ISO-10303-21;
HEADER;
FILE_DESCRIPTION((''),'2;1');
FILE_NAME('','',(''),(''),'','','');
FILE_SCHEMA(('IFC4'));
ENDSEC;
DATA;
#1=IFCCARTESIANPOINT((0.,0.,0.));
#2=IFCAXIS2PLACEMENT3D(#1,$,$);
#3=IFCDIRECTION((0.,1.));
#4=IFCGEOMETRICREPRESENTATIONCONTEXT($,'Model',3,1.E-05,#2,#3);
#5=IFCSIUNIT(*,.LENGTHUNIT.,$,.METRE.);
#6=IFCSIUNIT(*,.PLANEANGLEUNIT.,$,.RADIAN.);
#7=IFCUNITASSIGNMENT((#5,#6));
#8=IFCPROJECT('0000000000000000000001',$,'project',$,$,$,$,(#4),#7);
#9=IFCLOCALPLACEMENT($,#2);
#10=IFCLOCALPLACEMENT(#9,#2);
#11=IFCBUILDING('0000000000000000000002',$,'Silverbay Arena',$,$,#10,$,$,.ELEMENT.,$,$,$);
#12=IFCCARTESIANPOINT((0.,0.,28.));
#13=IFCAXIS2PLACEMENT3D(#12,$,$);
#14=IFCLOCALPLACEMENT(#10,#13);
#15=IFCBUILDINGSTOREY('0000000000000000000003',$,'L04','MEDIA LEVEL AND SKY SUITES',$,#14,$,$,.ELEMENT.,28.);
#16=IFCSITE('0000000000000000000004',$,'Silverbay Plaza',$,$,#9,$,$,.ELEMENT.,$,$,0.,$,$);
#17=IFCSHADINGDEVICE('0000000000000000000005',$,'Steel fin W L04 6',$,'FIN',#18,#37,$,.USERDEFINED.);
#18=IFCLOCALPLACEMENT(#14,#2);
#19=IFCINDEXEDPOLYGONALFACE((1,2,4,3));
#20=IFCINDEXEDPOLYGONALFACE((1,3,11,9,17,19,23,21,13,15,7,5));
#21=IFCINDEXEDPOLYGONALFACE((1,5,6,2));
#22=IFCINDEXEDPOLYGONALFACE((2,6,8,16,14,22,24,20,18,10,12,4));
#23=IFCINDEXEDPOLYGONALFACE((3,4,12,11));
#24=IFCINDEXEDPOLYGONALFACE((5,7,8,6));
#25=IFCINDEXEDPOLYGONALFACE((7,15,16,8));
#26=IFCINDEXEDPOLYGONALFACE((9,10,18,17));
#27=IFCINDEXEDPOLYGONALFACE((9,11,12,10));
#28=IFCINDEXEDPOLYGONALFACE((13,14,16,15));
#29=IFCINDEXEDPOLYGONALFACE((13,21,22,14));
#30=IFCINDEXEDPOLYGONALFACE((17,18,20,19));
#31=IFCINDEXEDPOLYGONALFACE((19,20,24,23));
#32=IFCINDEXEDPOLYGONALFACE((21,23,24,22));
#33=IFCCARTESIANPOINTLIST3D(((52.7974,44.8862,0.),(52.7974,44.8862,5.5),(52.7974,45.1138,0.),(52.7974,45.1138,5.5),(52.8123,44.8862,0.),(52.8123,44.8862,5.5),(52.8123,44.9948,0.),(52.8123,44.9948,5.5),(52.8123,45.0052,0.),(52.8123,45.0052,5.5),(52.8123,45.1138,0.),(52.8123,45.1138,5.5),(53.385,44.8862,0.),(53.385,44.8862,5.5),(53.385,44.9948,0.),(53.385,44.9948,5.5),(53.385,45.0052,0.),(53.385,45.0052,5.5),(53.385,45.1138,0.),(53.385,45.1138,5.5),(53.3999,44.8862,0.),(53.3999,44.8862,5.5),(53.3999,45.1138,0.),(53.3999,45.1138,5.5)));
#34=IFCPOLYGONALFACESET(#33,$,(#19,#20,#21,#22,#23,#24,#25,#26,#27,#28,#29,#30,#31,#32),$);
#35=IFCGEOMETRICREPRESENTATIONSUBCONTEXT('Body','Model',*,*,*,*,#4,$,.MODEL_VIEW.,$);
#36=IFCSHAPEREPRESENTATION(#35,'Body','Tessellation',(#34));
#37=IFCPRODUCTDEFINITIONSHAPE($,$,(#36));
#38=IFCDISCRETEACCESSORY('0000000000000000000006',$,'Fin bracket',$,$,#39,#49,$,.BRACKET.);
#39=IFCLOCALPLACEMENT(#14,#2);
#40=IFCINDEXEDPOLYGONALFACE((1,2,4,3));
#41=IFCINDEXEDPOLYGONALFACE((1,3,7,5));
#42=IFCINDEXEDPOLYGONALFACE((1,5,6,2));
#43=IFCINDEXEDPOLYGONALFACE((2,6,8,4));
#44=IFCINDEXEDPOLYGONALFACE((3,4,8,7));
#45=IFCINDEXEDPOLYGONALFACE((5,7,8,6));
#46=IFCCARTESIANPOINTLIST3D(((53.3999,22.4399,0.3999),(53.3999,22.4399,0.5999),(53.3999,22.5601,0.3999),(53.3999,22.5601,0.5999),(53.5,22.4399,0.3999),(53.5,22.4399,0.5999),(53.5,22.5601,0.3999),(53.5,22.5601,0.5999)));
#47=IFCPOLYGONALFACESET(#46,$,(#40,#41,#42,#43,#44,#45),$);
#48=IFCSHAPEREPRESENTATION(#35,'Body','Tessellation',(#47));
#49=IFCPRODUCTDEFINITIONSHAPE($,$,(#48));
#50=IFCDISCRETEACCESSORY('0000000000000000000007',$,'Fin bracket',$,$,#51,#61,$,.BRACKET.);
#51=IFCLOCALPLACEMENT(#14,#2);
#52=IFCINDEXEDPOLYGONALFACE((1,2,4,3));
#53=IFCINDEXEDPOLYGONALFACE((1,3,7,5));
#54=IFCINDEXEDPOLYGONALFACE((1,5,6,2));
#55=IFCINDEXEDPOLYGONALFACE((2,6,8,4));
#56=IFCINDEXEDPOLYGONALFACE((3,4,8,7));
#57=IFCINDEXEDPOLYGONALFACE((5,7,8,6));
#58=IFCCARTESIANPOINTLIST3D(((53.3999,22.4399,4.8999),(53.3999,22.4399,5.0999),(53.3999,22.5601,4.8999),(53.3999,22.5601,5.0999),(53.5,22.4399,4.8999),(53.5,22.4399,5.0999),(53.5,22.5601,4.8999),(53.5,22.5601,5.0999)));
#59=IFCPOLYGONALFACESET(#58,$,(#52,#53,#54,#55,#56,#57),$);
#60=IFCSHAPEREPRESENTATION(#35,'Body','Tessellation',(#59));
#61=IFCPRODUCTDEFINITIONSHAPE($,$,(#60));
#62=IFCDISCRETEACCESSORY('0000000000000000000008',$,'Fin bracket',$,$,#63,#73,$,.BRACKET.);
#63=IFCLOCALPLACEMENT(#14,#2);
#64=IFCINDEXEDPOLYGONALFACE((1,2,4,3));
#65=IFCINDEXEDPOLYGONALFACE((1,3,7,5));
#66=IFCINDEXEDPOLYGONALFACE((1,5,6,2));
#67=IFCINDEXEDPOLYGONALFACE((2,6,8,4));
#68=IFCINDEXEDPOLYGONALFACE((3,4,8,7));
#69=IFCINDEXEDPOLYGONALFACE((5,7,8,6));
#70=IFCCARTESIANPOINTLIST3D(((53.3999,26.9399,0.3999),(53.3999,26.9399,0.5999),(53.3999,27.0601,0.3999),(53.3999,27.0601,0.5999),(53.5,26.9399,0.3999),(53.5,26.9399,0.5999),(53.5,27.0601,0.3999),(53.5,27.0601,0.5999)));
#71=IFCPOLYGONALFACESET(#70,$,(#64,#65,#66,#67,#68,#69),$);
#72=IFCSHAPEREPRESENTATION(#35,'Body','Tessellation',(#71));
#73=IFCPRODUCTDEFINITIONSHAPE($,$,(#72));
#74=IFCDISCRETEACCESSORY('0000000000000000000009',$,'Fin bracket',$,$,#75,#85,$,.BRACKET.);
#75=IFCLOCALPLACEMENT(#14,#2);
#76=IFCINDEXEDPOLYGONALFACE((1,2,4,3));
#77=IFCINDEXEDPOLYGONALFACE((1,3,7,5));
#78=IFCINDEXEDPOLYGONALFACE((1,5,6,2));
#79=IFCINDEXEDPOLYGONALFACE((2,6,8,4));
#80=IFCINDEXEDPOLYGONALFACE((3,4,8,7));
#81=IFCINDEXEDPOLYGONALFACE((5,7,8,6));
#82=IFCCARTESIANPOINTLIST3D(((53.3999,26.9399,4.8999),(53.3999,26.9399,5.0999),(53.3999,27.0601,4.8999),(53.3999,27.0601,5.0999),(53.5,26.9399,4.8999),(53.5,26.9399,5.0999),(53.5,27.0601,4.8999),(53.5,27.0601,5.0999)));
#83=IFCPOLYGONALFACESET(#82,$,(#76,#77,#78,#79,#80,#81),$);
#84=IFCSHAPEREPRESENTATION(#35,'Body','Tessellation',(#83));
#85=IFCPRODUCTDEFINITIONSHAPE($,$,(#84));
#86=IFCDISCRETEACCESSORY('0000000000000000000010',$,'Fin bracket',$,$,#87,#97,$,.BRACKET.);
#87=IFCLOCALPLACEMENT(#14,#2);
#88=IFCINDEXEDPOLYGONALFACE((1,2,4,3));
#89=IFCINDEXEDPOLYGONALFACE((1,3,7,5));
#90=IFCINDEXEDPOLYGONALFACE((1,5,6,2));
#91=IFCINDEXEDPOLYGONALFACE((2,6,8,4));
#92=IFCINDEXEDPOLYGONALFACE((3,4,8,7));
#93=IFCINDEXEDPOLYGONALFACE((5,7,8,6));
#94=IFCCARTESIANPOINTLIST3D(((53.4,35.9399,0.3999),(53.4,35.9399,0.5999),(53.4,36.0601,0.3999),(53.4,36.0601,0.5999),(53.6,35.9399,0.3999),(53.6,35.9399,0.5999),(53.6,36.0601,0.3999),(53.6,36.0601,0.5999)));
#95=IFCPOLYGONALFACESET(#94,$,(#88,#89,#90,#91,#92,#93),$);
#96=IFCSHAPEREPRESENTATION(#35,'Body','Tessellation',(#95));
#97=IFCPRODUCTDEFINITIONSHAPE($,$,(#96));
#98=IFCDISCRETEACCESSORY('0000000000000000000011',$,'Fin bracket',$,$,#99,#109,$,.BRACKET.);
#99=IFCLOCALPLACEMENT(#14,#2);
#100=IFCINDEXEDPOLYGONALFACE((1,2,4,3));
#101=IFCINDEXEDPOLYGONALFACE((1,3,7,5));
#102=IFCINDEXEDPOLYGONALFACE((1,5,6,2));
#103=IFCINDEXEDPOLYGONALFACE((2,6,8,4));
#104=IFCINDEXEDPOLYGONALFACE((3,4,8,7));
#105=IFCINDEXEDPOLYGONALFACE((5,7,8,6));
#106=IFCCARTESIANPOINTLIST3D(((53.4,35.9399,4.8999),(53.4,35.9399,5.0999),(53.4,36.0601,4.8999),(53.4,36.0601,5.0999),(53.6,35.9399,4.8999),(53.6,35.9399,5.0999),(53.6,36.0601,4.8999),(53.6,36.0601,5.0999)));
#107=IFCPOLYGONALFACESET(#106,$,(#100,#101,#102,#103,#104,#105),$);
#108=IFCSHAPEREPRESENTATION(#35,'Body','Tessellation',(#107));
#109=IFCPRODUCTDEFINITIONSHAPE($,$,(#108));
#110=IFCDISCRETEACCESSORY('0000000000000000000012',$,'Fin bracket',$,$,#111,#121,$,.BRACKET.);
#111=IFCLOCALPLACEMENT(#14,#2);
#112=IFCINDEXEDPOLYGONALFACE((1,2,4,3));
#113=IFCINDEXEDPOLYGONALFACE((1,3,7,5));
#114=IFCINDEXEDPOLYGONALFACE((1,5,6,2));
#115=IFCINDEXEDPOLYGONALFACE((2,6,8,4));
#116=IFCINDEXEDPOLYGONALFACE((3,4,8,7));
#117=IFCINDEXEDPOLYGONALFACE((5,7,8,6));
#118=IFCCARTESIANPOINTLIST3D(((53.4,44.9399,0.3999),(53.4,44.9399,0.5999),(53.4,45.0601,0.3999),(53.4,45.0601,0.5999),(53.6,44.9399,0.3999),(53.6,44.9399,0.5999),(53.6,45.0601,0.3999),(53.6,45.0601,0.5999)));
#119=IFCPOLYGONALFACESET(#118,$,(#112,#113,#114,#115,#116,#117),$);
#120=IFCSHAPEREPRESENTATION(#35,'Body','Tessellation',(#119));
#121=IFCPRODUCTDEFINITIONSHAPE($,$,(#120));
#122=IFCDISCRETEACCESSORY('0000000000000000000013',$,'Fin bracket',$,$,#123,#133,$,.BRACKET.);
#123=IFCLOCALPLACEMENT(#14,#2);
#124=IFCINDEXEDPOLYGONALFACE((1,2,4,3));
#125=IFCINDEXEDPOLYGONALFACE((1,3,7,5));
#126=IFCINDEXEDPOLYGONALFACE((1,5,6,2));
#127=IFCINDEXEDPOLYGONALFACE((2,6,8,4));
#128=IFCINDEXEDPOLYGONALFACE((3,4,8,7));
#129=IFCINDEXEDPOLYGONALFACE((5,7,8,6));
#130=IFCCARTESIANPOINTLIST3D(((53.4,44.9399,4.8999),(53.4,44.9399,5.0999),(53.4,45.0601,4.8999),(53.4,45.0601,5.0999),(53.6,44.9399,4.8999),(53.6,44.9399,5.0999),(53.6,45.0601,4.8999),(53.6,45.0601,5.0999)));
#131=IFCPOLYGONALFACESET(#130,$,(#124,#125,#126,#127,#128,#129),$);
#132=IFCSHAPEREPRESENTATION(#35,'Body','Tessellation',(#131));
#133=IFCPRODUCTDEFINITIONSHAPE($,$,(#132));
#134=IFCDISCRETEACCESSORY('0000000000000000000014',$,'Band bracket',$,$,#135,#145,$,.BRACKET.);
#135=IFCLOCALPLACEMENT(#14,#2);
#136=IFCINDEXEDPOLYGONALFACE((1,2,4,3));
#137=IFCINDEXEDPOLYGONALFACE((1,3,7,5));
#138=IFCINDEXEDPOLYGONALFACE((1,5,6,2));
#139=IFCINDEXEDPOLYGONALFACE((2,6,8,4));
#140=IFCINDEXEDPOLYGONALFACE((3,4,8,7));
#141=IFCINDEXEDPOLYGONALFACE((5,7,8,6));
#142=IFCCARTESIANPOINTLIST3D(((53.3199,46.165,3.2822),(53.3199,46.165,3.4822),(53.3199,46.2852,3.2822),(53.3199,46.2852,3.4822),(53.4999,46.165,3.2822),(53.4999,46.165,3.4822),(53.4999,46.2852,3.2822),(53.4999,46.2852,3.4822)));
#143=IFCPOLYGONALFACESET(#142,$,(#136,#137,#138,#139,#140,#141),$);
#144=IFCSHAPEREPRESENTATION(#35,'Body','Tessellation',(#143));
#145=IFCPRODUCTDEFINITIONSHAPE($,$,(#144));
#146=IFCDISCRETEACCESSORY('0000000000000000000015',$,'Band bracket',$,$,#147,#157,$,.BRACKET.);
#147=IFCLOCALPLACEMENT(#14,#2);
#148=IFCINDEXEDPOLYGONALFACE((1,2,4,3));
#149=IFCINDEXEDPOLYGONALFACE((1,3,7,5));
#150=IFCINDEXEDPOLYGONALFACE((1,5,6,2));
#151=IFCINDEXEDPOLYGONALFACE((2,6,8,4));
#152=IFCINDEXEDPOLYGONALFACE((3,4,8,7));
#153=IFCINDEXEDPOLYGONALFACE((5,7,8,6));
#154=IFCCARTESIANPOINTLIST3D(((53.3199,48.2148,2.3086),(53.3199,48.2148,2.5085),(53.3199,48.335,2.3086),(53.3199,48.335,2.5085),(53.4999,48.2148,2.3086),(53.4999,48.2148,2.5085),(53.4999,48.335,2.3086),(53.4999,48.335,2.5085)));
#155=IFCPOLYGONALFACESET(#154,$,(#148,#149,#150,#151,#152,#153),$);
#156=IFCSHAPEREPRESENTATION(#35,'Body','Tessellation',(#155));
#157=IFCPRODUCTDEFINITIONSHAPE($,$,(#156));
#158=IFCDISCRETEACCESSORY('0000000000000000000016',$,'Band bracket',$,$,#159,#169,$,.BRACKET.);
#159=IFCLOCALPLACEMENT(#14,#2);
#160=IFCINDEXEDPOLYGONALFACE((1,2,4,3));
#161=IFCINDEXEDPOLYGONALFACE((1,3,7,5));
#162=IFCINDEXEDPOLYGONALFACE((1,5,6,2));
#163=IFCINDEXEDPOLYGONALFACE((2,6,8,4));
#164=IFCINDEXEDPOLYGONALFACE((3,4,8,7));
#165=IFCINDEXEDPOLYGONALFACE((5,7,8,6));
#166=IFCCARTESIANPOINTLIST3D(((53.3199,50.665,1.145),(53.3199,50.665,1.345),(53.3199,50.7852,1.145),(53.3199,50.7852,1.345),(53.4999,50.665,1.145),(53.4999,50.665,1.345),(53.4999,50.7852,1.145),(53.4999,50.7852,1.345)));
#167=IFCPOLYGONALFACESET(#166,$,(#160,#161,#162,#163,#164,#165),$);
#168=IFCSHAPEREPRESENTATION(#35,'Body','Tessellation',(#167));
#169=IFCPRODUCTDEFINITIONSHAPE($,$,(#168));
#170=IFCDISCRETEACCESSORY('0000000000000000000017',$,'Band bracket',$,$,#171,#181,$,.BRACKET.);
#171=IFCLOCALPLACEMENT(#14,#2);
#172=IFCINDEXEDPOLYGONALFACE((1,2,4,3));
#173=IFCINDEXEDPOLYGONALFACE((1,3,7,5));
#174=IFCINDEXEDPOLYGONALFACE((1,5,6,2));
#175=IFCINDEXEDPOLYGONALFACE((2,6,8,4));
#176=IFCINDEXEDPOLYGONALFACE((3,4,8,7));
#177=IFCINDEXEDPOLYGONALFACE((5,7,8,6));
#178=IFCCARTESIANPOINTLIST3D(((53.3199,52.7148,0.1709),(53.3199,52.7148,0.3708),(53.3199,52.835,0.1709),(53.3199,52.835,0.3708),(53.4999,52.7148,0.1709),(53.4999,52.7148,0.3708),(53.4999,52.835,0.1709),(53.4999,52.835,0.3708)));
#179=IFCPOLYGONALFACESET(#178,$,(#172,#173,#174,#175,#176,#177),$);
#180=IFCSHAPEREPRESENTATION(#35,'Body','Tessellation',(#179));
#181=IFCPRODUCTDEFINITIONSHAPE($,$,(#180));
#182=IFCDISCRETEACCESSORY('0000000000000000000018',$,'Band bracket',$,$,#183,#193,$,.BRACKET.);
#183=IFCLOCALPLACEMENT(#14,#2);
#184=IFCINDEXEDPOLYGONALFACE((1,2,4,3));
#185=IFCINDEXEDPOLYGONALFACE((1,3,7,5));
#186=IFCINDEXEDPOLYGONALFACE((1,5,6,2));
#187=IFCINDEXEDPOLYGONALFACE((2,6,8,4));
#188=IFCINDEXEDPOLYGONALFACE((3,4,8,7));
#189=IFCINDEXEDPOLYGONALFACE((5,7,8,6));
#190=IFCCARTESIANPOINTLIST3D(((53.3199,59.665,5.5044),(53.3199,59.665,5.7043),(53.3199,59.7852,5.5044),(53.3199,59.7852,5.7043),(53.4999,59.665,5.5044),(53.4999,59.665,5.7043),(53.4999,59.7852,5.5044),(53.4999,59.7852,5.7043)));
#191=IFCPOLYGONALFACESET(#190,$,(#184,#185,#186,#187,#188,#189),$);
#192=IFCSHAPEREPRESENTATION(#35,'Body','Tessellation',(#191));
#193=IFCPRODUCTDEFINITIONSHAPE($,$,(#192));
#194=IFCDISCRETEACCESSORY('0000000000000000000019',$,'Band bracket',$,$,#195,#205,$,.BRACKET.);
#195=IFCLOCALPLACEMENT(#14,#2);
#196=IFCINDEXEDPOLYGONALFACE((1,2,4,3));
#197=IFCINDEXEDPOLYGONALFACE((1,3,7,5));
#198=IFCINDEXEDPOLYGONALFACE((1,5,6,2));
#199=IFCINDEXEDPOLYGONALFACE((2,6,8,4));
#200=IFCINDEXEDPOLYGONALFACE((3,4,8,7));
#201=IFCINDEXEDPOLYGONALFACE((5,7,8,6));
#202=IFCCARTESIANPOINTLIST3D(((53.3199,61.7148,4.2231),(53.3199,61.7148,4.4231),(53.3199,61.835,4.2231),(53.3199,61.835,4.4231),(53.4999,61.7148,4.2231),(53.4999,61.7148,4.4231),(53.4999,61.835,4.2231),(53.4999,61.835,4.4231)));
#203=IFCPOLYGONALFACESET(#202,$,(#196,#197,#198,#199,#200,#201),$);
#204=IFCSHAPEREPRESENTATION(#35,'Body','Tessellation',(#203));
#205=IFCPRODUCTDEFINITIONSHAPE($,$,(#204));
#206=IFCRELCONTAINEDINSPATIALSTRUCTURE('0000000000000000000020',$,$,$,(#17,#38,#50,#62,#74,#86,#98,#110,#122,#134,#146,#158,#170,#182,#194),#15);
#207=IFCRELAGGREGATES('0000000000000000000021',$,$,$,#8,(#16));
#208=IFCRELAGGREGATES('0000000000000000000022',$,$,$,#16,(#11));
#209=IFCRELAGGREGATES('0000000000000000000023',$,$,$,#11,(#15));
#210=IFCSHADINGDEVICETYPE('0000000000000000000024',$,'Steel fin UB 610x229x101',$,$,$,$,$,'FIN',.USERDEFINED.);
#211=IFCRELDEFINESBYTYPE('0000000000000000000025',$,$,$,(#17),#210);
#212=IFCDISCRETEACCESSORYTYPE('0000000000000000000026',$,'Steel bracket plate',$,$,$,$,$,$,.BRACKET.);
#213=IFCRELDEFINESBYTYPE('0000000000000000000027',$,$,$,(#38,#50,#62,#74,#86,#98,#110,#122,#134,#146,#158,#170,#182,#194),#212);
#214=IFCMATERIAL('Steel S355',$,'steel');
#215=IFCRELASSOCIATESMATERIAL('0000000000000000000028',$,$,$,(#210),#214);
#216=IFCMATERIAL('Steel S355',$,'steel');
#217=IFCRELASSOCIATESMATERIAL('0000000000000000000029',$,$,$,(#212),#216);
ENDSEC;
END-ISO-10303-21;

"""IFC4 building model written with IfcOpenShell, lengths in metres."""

from ifc_helpers import new_model, si_unit, direction, frame, origin, origin_2d, place, context, subcontext, project, spatial, rectangle, i_section, extrude, material, material_profile, profile_set, type_object, element, save


model = new_model("IFC4")

# Units and contexts
model_context = context("Model", 3, precision=1e-05, world=origin(), true_north=direction((0.0, 1.0)))
body_context = subcontext(model_context, "Body", "Model", "MODEL_VIEW")
ifc_project = project(units=[si_unit("LENGTHUNIT", "METRE"), si_unit("PLANEANGLEUNIT", "RADIAN")], contexts=[model_context])

# Site, building, storey
site_placement = place(None, origin())
site = spatial("IfcSite", under=ifc_project, at=site_placement, Name="Silverbay Plaza", CompositionType="ELEMENT", RefElevation=0.0)
building_placement = place(site_placement, origin())
building = spatial("IfcBuilding", under=site, at=building_placement, Name="Silverbay Arena", CompositionType="ELEMENT")
storey_placement = place(building_placement, frame((0.0, 0.0, 28.0)))
storey = spatial("IfcBuildingStorey", under=building, at=storey_placement, Name="L04", Description="MEDIA LEVEL AND SKY SUITES", CompositionType="ELEMENT", Elevation=28.0)

# Shading device
ifc_material_1 = material(Name="Steel S355", Category="steel")
ifc_material_profile_1 = material_profile(ifc_material_1, i_section(OverallWidth=0.2275, OverallDepth=0.6025, WebThickness=0.0105, FlangeThickness=0.0149, at=origin_2d()), Name="UB 610x229x101")
ifc_profile_set_1 = profile_set([ifc_material_profile_1], Name="Steel S355")
shading_device_type = type_object("IfcShadingDeviceType", Name="Steel fin UB 610x229x101", ElementType="FIN", PredefinedType="USERDEFINED", material=ifc_profile_set_1)
for number, where, z_axis, x_axis, name in (
    (1, (53.0986, 45.0, 0.0), (0.0, 0.0, 1.0), (0.0, 1.0, 0.0), "Steel fin W L04 6"),
):
    element("IfcShadingDevice", number, at=place(storey_placement, frame(where, z_axis=z_axis, x_axis=x_axis)), inside=storey, type_object=shading_device_type, Name=name, ObjectType="FIN", PredefinedType="USERDEFINED", context=body_context, shape_type="SweptSolid", body=[
        extrude(i_section(OverallWidth=0.2275, OverallDepth=0.6025, WebThickness=0.0105, FlangeThickness=0.0149, at=origin_2d()), origin(), (0.0, 0.0, 1.0), 5.5),
    ])

# Discrete accessories
ifc_material_2 = material(Name="Steel S355", Category="steel")
discrete_accessory_type = type_object("IfcDiscreteAccessoryType", Name="Steel bracket plate", PredefinedType="BRACKET", material=ifc_material_2)
for number, where, z_axis, x_axis, name in (
    (2, (53.45, 22.5, 0.3999), (0.0, 0.0, 1.0), (1.0, 0.0, 0.0), "Fin bracket"),
    (3, (53.45, 22.5, 4.8999), (0.0, 0.0, 1.0), (1.0, 0.0, 0.0), "Fin bracket"),
    (4, (53.45, 27.0, 0.3999), (0.0, 0.0, 1.0), (1.0, 0.0, 0.0), "Fin bracket"),
    (5, (53.45, 27.0, 4.8999), (0.0, 0.0, 1.0), (1.0, 0.0, 0.0), "Fin bracket"),
):
    element("IfcDiscreteAccessory", number, at=place(storey_placement, frame(where, z_axis=z_axis, x_axis=x_axis)), inside=storey, type_object=discrete_accessory_type, Name=name, PredefinedType="BRACKET", context=body_context, shape_type="SweptSolid", body=[
        extrude(rectangle(XDim=0.1001, YDim=0.1201, at=origin_2d()), origin(), (0.0, 0.0, 1.0), 0.2),
    ])
for number, where, z_axis, x_axis, name in (
    (6, (53.5, 36.0, 0.3999), (0.0, 0.0, 1.0), (1.0, 0.0, 0.0), "Fin bracket"),
    (7, (53.5, 36.0, 4.8999), (0.0, 0.0, 1.0), (1.0, 0.0, 0.0), "Fin bracket"),
    (8, (53.5, 45.0, 0.3999), (0.0, 0.0, 1.0), (1.0, 0.0, 0.0), "Fin bracket"),
    (9, (53.5, 45.0, 4.8999), (0.0, 0.0, 1.0), (1.0, 0.0, 0.0), "Fin bracket"),
):
    element("IfcDiscreteAccessory", number, at=place(storey_placement, frame(where, z_axis=z_axis, x_axis=x_axis)), inside=storey, type_object=discrete_accessory_type, Name=name, PredefinedType="BRACKET", context=body_context, shape_type="SweptSolid", body=[
        extrude(rectangle(XDim=0.2, YDim=0.1201, at=origin_2d()), origin(), (0.0, 0.0, 1.0), 0.2),
    ])
for number, where, z_axis, x_axis, name in (
    (10, (53.4099, 46.2251, 3.2822), (0.0, 0.0, 1.0), (1.0, 0.0, 0.0), "Band bracket"),
    (11, (53.4099, 48.2749, 2.3086), (0.0, 0.0, 1.0), (1.0, 0.0, 0.0), "Band bracket"),
    (12, (53.4099, 50.7251, 1.145), (0.0, 0.0, 1.0), (1.0, 0.0, 0.0), "Band bracket"),
    (13, (53.4099, 52.7749, 0.1709), (0.0, 0.0, 1.0), (1.0, 0.0, 0.0), "Band bracket"),
    (14, (53.4099, 59.7251, 5.5044), (0.0, 0.0, 1.0), (1.0, 0.0, 0.0), "Band bracket"),
    (15, (53.4099, 61.7749, 4.2231), (0.0, 0.0, 1.0), (1.0, 0.0, 0.0), "Band bracket"),
):
    element("IfcDiscreteAccessory", number, at=place(storey_placement, frame(where, z_axis=z_axis, x_axis=x_axis)), inside=storey, type_object=discrete_accessory_type, Name=name, PredefinedType="BRACKET", context=body_context, shape_type="SweptSolid", body=[
        extrude(rectangle(XDim=0.1799, YDim=0.1201, at=origin_2d()), origin(), (0.0, 0.0, 1.0), 0.2),
    ])

save(model, "model.ifc")
